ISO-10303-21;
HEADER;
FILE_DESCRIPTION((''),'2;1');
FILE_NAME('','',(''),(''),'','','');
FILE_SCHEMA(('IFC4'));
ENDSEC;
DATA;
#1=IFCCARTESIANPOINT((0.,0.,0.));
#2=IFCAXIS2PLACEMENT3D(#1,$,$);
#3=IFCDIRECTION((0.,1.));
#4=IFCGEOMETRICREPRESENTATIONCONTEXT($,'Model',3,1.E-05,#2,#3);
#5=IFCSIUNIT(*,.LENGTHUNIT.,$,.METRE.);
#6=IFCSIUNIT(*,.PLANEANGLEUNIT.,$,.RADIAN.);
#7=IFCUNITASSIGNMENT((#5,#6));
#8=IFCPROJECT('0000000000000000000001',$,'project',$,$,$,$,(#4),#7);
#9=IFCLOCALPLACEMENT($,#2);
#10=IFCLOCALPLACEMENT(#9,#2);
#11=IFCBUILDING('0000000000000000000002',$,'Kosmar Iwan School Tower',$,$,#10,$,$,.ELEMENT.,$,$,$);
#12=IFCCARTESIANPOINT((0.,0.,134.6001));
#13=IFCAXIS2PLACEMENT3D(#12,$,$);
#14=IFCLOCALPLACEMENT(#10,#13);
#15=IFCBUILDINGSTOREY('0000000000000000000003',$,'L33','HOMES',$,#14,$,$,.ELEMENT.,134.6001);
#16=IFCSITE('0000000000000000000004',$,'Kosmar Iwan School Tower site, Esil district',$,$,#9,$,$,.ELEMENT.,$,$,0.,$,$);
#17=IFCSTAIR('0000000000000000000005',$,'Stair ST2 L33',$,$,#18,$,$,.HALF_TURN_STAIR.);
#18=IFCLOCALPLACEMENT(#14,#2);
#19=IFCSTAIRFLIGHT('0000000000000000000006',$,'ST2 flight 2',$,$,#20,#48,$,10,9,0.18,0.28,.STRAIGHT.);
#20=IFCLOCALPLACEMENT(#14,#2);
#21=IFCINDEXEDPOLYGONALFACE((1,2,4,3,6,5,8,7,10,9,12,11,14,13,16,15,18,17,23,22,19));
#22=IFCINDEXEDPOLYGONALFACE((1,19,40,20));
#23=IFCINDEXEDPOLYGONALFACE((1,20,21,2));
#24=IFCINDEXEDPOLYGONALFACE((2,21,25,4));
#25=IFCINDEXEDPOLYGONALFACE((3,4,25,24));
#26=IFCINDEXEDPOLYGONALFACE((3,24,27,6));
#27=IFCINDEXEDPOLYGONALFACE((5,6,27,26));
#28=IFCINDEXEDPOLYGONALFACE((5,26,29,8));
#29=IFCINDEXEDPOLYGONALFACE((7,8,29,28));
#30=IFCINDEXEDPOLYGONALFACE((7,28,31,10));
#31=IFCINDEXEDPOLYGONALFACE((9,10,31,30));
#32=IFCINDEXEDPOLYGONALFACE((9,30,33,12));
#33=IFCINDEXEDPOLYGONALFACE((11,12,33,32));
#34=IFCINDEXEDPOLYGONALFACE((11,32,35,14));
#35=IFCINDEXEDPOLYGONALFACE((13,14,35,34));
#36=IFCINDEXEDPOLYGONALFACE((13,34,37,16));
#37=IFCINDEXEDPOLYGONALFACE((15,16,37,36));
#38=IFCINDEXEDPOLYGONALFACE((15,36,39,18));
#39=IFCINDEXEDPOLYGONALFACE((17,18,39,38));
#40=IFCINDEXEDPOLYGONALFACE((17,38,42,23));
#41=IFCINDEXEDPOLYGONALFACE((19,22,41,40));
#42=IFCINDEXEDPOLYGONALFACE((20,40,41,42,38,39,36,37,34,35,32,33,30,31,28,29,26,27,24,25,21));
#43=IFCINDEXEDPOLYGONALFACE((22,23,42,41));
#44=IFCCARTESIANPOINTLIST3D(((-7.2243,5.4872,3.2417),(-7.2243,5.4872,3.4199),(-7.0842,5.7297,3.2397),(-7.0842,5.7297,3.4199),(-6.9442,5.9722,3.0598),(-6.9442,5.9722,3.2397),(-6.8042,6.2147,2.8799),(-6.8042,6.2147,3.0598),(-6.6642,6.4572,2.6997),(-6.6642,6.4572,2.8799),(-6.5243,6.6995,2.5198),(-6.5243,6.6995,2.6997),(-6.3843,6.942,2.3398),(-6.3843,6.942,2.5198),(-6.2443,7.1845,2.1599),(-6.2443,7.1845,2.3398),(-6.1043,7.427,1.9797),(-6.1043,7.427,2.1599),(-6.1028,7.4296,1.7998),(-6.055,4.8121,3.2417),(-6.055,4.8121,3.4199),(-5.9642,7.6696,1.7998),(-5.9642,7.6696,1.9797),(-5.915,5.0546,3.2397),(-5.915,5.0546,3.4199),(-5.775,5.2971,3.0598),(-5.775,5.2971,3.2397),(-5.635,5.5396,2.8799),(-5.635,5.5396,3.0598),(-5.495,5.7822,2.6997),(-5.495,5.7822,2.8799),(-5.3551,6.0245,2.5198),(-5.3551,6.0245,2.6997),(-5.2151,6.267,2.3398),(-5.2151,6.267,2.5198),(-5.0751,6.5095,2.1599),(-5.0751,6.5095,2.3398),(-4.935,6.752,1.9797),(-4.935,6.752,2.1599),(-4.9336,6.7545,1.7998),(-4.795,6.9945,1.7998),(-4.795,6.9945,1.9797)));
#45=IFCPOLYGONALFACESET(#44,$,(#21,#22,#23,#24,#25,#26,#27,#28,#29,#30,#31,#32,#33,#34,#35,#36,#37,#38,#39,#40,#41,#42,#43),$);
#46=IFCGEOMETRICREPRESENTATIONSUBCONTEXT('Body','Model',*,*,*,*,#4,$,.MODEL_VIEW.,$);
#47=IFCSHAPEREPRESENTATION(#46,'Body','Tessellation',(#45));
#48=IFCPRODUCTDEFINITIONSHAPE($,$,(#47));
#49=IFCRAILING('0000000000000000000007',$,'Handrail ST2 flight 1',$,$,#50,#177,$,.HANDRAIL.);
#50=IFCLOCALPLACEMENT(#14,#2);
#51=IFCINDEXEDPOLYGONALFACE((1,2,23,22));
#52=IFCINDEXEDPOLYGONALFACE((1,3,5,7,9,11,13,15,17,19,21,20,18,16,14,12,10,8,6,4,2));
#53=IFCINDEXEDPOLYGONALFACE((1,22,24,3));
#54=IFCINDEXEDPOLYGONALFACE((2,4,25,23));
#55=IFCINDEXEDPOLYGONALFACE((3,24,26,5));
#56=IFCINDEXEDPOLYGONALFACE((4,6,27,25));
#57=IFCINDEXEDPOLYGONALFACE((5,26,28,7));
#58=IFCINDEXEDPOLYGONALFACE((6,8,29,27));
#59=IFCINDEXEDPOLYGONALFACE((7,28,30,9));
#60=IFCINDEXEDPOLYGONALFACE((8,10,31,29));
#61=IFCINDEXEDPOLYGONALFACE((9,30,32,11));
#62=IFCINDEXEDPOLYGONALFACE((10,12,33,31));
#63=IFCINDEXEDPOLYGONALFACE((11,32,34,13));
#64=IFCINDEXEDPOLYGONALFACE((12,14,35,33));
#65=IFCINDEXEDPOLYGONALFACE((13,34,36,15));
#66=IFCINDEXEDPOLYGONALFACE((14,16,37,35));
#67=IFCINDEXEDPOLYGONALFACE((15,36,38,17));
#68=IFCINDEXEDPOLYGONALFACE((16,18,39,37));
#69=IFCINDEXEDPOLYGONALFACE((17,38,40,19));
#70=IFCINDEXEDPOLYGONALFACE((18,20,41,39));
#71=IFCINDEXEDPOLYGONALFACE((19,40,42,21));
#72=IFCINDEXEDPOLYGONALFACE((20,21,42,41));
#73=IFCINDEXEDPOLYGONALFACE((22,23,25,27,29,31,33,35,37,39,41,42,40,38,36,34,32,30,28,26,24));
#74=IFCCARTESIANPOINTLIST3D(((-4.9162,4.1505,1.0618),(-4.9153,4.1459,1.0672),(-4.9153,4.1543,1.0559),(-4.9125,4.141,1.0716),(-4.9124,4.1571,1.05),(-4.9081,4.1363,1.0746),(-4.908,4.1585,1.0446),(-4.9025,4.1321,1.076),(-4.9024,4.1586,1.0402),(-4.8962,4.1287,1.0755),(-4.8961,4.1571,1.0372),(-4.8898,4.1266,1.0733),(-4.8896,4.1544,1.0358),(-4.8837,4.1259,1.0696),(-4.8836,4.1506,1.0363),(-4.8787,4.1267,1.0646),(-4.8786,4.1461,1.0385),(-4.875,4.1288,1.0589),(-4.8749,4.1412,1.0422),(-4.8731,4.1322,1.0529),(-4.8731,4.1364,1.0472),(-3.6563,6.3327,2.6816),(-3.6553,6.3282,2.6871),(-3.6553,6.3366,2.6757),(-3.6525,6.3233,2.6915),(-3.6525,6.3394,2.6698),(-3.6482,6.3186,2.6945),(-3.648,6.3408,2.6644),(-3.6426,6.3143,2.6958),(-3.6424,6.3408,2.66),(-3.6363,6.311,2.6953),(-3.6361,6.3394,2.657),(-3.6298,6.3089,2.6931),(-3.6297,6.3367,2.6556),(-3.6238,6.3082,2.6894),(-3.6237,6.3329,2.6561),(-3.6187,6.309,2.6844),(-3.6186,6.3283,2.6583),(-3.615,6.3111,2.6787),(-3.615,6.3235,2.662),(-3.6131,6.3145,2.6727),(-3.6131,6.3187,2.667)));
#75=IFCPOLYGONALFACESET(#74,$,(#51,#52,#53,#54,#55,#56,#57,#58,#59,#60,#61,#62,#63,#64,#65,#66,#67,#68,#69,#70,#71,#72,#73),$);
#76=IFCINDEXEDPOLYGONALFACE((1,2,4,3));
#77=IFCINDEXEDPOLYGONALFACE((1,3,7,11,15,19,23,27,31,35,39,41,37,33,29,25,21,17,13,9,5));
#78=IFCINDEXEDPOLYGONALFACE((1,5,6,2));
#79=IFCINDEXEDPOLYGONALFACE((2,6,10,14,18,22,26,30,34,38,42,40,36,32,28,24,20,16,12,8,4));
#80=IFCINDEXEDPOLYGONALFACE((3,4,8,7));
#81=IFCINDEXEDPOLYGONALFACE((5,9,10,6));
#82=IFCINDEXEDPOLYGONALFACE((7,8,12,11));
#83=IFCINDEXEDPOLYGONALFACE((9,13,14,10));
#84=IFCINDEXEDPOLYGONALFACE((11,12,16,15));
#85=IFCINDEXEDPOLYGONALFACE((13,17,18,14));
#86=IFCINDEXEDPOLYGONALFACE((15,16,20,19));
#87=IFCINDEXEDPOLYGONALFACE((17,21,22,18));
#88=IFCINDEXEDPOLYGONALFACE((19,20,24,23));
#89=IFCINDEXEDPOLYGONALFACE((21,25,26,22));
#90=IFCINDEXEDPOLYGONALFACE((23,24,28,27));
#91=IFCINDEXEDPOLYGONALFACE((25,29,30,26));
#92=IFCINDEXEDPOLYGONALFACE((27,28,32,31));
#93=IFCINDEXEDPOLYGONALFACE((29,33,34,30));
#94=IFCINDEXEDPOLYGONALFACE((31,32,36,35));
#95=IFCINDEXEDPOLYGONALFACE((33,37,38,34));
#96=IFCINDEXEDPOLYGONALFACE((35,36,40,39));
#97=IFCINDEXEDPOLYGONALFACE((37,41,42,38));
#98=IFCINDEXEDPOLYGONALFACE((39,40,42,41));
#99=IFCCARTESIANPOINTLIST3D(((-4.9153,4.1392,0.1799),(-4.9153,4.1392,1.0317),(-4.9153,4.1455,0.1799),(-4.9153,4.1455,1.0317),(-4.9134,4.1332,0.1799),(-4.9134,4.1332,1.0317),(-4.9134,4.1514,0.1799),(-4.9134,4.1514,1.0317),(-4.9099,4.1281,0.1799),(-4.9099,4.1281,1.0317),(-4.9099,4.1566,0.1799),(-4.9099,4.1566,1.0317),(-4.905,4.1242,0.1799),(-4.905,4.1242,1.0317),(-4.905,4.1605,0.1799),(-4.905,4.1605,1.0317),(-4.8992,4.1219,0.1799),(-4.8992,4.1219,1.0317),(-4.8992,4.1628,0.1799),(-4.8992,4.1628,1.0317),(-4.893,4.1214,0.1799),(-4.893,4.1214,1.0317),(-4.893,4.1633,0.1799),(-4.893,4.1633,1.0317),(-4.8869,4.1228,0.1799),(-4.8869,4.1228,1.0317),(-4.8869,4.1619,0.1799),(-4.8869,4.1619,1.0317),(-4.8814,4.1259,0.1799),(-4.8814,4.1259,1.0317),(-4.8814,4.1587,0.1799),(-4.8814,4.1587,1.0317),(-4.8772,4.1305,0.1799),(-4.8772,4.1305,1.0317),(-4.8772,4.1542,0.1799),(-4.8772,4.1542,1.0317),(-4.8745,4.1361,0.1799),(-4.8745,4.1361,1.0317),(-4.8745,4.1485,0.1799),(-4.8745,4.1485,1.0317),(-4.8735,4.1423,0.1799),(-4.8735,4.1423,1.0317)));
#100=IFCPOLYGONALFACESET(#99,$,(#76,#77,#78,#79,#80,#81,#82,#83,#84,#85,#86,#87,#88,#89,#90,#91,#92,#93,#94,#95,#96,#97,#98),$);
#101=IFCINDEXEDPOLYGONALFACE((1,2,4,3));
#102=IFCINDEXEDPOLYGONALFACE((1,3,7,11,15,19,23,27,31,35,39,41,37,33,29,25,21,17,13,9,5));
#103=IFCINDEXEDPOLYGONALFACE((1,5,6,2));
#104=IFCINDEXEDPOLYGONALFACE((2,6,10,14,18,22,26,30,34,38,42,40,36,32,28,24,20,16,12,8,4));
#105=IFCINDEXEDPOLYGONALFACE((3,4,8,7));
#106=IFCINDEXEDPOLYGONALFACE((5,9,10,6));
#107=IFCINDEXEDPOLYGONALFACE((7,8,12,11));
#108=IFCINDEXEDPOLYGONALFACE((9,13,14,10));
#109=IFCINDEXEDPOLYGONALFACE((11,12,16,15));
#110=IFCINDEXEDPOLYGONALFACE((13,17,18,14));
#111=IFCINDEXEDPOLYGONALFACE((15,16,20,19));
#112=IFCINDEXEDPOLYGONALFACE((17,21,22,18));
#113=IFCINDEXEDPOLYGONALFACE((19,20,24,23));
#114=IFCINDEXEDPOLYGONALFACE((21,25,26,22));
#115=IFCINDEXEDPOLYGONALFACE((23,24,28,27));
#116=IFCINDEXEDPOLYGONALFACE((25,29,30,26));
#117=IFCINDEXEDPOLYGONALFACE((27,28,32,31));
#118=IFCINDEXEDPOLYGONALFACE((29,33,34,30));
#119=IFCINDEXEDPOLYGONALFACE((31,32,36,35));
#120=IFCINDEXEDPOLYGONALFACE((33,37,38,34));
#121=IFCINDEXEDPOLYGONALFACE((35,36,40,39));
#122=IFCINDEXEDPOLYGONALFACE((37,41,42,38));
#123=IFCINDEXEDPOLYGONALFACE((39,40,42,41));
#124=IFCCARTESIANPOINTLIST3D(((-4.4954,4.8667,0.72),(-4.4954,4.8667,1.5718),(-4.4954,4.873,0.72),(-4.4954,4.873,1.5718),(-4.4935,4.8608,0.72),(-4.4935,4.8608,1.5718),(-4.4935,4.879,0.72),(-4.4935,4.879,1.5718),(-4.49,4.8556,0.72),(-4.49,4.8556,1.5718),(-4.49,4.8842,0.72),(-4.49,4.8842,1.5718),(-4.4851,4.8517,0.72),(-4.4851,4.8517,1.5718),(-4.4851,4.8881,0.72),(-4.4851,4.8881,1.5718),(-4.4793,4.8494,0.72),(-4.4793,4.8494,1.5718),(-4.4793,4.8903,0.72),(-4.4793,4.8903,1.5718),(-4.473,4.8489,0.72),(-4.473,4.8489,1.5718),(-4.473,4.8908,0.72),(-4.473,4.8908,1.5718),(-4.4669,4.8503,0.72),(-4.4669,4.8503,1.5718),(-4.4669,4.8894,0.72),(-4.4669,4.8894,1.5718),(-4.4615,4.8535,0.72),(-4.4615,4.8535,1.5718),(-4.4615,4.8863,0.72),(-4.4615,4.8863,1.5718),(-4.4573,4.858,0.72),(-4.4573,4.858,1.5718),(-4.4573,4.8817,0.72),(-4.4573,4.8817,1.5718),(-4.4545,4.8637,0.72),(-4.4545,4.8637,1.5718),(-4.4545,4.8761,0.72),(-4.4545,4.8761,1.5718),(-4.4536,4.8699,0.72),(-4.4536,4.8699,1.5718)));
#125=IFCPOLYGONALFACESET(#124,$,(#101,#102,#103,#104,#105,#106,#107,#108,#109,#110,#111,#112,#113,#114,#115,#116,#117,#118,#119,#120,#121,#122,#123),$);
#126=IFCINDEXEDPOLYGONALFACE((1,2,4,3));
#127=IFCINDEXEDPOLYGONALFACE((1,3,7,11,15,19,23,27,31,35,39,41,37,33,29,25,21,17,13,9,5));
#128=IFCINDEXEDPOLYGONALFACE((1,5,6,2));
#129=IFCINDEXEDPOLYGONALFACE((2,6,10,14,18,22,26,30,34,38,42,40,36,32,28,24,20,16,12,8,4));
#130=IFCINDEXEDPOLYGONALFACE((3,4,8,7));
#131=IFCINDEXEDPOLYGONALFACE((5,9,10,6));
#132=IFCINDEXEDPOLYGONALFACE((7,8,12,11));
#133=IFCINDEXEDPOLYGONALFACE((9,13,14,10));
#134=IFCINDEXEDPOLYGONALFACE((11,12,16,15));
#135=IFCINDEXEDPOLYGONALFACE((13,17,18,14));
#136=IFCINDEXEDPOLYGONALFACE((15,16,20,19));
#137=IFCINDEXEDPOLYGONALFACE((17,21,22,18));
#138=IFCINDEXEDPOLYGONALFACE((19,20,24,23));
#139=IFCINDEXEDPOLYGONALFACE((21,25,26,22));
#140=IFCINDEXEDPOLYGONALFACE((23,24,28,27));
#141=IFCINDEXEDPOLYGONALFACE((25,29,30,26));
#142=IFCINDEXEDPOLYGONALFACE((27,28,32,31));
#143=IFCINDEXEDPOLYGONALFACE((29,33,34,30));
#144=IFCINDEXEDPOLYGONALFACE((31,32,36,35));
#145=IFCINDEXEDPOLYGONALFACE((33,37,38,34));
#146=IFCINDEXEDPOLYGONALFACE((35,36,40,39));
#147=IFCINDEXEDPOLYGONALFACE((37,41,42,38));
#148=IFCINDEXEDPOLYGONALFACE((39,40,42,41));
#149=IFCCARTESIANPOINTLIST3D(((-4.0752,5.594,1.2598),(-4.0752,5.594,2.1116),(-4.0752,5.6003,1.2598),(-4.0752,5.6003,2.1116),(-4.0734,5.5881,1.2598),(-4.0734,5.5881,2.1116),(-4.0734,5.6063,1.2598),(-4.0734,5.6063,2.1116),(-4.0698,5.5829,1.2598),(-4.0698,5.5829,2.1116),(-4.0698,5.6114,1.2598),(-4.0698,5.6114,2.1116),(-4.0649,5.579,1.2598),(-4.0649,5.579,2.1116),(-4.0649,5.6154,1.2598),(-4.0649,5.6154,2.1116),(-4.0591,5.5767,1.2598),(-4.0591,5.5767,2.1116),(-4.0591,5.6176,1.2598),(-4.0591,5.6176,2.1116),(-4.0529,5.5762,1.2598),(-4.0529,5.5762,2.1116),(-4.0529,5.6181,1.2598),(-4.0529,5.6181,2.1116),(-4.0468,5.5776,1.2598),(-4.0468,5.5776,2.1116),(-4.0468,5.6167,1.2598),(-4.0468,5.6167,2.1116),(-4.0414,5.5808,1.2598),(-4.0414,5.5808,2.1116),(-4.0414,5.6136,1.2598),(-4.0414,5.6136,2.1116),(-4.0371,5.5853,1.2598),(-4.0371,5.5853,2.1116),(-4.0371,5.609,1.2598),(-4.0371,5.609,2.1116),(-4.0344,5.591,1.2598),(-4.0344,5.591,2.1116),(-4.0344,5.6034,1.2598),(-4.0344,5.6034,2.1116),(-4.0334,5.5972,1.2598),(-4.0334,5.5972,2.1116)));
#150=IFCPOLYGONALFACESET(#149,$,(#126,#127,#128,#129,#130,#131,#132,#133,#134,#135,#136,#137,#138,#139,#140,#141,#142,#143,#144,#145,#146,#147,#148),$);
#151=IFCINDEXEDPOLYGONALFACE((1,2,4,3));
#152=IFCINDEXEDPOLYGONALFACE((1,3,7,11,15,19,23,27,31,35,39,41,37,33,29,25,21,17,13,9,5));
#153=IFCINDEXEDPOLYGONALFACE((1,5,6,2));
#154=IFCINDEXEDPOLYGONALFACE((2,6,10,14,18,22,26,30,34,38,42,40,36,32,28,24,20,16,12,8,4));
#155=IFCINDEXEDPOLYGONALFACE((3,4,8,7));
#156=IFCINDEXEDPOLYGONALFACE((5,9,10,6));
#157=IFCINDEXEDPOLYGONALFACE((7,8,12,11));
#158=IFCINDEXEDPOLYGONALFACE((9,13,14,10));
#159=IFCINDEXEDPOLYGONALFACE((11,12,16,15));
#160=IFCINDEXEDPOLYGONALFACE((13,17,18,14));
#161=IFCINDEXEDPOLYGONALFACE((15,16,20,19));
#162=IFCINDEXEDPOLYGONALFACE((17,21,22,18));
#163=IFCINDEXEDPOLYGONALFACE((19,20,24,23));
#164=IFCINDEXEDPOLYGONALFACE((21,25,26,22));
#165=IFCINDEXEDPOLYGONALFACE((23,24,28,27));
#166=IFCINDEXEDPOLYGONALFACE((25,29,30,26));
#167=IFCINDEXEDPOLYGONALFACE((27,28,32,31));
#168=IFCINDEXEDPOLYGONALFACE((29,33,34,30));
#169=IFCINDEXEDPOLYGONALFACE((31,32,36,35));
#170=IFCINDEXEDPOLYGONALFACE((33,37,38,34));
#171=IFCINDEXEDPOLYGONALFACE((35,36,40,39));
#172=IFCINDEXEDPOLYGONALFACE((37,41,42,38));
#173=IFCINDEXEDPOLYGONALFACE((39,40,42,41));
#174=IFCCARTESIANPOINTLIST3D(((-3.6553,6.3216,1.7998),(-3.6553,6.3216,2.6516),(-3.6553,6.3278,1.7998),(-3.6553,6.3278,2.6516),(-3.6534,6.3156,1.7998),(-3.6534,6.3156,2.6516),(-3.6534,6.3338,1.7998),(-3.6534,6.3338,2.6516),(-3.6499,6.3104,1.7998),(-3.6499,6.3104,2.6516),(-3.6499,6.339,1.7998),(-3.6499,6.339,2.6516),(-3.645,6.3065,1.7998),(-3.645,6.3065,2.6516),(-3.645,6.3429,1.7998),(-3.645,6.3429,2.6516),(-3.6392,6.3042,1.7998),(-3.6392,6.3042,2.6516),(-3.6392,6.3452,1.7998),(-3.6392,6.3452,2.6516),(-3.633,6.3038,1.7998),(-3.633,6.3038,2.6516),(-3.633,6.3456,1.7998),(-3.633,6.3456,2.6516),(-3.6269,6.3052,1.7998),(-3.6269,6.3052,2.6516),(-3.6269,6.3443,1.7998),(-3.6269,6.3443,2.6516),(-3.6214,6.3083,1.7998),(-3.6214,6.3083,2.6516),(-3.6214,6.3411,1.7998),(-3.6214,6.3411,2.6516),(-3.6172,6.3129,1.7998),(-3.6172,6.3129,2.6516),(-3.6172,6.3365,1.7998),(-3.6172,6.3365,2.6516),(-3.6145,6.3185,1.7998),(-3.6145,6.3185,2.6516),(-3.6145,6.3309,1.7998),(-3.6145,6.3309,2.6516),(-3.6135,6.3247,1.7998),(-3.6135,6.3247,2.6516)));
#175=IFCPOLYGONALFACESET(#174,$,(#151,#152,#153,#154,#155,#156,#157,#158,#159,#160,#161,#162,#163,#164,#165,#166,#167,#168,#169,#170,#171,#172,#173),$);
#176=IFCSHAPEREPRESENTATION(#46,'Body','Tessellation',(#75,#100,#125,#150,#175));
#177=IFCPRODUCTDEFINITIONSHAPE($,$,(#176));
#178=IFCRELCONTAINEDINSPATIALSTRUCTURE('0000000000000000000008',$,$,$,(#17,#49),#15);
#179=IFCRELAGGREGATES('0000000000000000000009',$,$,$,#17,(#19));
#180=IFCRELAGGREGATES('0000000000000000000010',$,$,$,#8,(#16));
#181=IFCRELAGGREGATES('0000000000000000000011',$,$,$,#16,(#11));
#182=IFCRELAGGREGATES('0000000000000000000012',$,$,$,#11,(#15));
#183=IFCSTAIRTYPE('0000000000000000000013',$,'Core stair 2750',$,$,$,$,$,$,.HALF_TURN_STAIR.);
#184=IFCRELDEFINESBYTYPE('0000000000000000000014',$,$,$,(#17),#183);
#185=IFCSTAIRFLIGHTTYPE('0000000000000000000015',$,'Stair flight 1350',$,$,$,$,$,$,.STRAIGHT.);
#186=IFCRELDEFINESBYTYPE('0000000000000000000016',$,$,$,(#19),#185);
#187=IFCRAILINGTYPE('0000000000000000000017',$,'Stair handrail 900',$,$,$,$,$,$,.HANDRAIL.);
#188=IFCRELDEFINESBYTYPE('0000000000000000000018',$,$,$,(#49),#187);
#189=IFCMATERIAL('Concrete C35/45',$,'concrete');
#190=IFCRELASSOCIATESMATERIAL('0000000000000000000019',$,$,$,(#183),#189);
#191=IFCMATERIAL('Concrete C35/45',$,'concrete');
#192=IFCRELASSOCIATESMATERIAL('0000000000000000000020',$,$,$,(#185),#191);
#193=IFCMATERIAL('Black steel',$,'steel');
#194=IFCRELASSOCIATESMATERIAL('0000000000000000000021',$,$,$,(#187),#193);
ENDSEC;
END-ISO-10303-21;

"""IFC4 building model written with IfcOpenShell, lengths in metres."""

from ifc_helpers import new_model, si_unit, direction, frame, origin, origin_2d, place, context, subcontext, project, spatial, polyline, circle, outline, extrude, material, type_object, element, aggregate, save


model = new_model("IFC4")

# Units and contexts
model_context = context("Model", 3, precision=1e-05, world=origin(), true_north=direction((0.0, 1.0)))
body_context = subcontext(model_context, "Body", "Model", "MODEL_VIEW")
ifc_project = project(units=[si_unit("LENGTHUNIT", "METRE"), si_unit("PLANEANGLEUNIT", "RADIAN")], contexts=[model_context])

# Site, building, storey
site_placement = place(None, origin())
site = spatial("IfcSite", under=ifc_project, at=site_placement, Name="Kosmar Iwan School Tower site, Esil district", CompositionType="ELEMENT", RefElevation=0.0)
building_placement = place(site_placement, origin())
building = spatial("IfcBuilding", under=site, at=building_placement, Name="Kosmar Iwan School Tower", CompositionType="ELEMENT")
storey_placement = place(building_placement, frame((0.0, 0.0, 134.6001)))
storey = spatial("IfcBuildingStorey", under=building, at=storey_placement, Name="L33", Description="HOMES", CompositionType="ELEMENT", Elevation=134.6001)

# Stair, stair flight
ifc_material_1 = material(Name="Concrete C35/45", Category="concrete")
stair_type = type_object("IfcStairType", Name="Core stair 2750", PredefinedType="HALF_TURN_STAIR", material=ifc_material_1)
stair_placement = place(storey_placement, origin())
stair = element("IfcStair", 1, at=stair_placement, inside=storey, type_object=stair_type, Name="Stair ST2 L33", PredefinedType="HALF_TURN_STAIR")
ifc_material_2 = material(Name="Concrete C35/45", Category="concrete")
stair_flight_type = type_object("IfcStairFlightType", Name="Stair flight 1350", PredefinedType="STRAIGHT", material=ifc_material_2)
stair_flight_1_placement = place(storey_placement, frame((-5.3796, 7.332, 1.7998), z_axis=(0.0, 0.0, 1.0), x_axis=(-0.5, -0.866025, 0.0)))
stair_flight_1 = element("IfcStairFlight", 2, at=stair_flight_1_placement, type_object=stair_flight_type, Name="ST2 flight 2", NumberOfRisers=10, NumberOfTreads=9, PredefinedType="STRAIGHT", RiserHeight=0.18, TreadLength=0.28, context=body_context, shape_type="SweptSolid", body=[
    extrude(outline(polyline([(0.0, 0.0), (0.0, 0.1799), (0.28, 0.1799), (0.28, 0.3601), (0.5601, 0.3601), (0.5601, 0.54), (0.8401, 0.54), (0.8401, 0.72), (1.1201, 0.72), (1.1201, 0.8999), (1.3999, 0.8999), (1.3999, 1.0801), (1.6799, 1.0801), (1.6799, 1.26), (1.96, 1.26), (1.96, 1.4399), (2.24, 1.4399), (2.24, 1.6201), (2.52, 1.6201), (2.52, 1.8), (2.52, 1.4419), (0.2771, 0.0), (0.0, 0.0)])), frame((0.0, 0.675, 0.0), z_axis=(0.0, -1.0, 0.0), x_axis=(1.0, 0.0, 0.0)), (0.0, 0.0, 1.0), 1.3501),
])
aggregate(stair, [stair_flight_1])

# Railing
ifc_material_3 = material(Name="Black steel", Category="steel")
railing_type = type_object("IfcRailingType", Name="Stair handrail 900", PredefinedType="HANDRAIL", material=ifc_material_3)
railing_1_placement = place(storey_placement, frame((-4.8945, 4.1423, 0.1799)))
element("IfcRailing", 3, at=railing_1_placement, inside=storey, type_object=railing_type, Name="Handrail ST2 flight 1", PredefinedType="HANDRAIL", context=body_context, shape_type="SweptSolid", body=[
    extrude(circle(Radius=0.0239, at=origin_2d()), frame((0.0, 0.0, 0.876), z_axis=(0.420603, 0.728496, 0.540728), x_axis=(-0.866023, 0.500005, 0.0)), (0.0, 0.0, 1.0), 2.9956),
    extrude(circle(Radius=0.021, at=origin_2d()), origin(), (0.0, 0.0, 1.0), 0.8518),
    extrude(circle(Radius=0.021, at=origin_2d()), frame((0.4199, 0.7275, 0.54)), (0.0, 0.0, 1.0), 0.8518),
    extrude(circle(Radius=0.021, at=origin_2d()), frame((0.8401, 1.4548, 1.0798)), (0.0, 0.0, 1.0), 0.8518),
    extrude(circle(Radius=0.021, at=origin_2d()), frame((1.26, 2.1824, 1.6199)), (0.0, 0.0, 1.0), 0.8518),
])

save(model, "model.ifc")
